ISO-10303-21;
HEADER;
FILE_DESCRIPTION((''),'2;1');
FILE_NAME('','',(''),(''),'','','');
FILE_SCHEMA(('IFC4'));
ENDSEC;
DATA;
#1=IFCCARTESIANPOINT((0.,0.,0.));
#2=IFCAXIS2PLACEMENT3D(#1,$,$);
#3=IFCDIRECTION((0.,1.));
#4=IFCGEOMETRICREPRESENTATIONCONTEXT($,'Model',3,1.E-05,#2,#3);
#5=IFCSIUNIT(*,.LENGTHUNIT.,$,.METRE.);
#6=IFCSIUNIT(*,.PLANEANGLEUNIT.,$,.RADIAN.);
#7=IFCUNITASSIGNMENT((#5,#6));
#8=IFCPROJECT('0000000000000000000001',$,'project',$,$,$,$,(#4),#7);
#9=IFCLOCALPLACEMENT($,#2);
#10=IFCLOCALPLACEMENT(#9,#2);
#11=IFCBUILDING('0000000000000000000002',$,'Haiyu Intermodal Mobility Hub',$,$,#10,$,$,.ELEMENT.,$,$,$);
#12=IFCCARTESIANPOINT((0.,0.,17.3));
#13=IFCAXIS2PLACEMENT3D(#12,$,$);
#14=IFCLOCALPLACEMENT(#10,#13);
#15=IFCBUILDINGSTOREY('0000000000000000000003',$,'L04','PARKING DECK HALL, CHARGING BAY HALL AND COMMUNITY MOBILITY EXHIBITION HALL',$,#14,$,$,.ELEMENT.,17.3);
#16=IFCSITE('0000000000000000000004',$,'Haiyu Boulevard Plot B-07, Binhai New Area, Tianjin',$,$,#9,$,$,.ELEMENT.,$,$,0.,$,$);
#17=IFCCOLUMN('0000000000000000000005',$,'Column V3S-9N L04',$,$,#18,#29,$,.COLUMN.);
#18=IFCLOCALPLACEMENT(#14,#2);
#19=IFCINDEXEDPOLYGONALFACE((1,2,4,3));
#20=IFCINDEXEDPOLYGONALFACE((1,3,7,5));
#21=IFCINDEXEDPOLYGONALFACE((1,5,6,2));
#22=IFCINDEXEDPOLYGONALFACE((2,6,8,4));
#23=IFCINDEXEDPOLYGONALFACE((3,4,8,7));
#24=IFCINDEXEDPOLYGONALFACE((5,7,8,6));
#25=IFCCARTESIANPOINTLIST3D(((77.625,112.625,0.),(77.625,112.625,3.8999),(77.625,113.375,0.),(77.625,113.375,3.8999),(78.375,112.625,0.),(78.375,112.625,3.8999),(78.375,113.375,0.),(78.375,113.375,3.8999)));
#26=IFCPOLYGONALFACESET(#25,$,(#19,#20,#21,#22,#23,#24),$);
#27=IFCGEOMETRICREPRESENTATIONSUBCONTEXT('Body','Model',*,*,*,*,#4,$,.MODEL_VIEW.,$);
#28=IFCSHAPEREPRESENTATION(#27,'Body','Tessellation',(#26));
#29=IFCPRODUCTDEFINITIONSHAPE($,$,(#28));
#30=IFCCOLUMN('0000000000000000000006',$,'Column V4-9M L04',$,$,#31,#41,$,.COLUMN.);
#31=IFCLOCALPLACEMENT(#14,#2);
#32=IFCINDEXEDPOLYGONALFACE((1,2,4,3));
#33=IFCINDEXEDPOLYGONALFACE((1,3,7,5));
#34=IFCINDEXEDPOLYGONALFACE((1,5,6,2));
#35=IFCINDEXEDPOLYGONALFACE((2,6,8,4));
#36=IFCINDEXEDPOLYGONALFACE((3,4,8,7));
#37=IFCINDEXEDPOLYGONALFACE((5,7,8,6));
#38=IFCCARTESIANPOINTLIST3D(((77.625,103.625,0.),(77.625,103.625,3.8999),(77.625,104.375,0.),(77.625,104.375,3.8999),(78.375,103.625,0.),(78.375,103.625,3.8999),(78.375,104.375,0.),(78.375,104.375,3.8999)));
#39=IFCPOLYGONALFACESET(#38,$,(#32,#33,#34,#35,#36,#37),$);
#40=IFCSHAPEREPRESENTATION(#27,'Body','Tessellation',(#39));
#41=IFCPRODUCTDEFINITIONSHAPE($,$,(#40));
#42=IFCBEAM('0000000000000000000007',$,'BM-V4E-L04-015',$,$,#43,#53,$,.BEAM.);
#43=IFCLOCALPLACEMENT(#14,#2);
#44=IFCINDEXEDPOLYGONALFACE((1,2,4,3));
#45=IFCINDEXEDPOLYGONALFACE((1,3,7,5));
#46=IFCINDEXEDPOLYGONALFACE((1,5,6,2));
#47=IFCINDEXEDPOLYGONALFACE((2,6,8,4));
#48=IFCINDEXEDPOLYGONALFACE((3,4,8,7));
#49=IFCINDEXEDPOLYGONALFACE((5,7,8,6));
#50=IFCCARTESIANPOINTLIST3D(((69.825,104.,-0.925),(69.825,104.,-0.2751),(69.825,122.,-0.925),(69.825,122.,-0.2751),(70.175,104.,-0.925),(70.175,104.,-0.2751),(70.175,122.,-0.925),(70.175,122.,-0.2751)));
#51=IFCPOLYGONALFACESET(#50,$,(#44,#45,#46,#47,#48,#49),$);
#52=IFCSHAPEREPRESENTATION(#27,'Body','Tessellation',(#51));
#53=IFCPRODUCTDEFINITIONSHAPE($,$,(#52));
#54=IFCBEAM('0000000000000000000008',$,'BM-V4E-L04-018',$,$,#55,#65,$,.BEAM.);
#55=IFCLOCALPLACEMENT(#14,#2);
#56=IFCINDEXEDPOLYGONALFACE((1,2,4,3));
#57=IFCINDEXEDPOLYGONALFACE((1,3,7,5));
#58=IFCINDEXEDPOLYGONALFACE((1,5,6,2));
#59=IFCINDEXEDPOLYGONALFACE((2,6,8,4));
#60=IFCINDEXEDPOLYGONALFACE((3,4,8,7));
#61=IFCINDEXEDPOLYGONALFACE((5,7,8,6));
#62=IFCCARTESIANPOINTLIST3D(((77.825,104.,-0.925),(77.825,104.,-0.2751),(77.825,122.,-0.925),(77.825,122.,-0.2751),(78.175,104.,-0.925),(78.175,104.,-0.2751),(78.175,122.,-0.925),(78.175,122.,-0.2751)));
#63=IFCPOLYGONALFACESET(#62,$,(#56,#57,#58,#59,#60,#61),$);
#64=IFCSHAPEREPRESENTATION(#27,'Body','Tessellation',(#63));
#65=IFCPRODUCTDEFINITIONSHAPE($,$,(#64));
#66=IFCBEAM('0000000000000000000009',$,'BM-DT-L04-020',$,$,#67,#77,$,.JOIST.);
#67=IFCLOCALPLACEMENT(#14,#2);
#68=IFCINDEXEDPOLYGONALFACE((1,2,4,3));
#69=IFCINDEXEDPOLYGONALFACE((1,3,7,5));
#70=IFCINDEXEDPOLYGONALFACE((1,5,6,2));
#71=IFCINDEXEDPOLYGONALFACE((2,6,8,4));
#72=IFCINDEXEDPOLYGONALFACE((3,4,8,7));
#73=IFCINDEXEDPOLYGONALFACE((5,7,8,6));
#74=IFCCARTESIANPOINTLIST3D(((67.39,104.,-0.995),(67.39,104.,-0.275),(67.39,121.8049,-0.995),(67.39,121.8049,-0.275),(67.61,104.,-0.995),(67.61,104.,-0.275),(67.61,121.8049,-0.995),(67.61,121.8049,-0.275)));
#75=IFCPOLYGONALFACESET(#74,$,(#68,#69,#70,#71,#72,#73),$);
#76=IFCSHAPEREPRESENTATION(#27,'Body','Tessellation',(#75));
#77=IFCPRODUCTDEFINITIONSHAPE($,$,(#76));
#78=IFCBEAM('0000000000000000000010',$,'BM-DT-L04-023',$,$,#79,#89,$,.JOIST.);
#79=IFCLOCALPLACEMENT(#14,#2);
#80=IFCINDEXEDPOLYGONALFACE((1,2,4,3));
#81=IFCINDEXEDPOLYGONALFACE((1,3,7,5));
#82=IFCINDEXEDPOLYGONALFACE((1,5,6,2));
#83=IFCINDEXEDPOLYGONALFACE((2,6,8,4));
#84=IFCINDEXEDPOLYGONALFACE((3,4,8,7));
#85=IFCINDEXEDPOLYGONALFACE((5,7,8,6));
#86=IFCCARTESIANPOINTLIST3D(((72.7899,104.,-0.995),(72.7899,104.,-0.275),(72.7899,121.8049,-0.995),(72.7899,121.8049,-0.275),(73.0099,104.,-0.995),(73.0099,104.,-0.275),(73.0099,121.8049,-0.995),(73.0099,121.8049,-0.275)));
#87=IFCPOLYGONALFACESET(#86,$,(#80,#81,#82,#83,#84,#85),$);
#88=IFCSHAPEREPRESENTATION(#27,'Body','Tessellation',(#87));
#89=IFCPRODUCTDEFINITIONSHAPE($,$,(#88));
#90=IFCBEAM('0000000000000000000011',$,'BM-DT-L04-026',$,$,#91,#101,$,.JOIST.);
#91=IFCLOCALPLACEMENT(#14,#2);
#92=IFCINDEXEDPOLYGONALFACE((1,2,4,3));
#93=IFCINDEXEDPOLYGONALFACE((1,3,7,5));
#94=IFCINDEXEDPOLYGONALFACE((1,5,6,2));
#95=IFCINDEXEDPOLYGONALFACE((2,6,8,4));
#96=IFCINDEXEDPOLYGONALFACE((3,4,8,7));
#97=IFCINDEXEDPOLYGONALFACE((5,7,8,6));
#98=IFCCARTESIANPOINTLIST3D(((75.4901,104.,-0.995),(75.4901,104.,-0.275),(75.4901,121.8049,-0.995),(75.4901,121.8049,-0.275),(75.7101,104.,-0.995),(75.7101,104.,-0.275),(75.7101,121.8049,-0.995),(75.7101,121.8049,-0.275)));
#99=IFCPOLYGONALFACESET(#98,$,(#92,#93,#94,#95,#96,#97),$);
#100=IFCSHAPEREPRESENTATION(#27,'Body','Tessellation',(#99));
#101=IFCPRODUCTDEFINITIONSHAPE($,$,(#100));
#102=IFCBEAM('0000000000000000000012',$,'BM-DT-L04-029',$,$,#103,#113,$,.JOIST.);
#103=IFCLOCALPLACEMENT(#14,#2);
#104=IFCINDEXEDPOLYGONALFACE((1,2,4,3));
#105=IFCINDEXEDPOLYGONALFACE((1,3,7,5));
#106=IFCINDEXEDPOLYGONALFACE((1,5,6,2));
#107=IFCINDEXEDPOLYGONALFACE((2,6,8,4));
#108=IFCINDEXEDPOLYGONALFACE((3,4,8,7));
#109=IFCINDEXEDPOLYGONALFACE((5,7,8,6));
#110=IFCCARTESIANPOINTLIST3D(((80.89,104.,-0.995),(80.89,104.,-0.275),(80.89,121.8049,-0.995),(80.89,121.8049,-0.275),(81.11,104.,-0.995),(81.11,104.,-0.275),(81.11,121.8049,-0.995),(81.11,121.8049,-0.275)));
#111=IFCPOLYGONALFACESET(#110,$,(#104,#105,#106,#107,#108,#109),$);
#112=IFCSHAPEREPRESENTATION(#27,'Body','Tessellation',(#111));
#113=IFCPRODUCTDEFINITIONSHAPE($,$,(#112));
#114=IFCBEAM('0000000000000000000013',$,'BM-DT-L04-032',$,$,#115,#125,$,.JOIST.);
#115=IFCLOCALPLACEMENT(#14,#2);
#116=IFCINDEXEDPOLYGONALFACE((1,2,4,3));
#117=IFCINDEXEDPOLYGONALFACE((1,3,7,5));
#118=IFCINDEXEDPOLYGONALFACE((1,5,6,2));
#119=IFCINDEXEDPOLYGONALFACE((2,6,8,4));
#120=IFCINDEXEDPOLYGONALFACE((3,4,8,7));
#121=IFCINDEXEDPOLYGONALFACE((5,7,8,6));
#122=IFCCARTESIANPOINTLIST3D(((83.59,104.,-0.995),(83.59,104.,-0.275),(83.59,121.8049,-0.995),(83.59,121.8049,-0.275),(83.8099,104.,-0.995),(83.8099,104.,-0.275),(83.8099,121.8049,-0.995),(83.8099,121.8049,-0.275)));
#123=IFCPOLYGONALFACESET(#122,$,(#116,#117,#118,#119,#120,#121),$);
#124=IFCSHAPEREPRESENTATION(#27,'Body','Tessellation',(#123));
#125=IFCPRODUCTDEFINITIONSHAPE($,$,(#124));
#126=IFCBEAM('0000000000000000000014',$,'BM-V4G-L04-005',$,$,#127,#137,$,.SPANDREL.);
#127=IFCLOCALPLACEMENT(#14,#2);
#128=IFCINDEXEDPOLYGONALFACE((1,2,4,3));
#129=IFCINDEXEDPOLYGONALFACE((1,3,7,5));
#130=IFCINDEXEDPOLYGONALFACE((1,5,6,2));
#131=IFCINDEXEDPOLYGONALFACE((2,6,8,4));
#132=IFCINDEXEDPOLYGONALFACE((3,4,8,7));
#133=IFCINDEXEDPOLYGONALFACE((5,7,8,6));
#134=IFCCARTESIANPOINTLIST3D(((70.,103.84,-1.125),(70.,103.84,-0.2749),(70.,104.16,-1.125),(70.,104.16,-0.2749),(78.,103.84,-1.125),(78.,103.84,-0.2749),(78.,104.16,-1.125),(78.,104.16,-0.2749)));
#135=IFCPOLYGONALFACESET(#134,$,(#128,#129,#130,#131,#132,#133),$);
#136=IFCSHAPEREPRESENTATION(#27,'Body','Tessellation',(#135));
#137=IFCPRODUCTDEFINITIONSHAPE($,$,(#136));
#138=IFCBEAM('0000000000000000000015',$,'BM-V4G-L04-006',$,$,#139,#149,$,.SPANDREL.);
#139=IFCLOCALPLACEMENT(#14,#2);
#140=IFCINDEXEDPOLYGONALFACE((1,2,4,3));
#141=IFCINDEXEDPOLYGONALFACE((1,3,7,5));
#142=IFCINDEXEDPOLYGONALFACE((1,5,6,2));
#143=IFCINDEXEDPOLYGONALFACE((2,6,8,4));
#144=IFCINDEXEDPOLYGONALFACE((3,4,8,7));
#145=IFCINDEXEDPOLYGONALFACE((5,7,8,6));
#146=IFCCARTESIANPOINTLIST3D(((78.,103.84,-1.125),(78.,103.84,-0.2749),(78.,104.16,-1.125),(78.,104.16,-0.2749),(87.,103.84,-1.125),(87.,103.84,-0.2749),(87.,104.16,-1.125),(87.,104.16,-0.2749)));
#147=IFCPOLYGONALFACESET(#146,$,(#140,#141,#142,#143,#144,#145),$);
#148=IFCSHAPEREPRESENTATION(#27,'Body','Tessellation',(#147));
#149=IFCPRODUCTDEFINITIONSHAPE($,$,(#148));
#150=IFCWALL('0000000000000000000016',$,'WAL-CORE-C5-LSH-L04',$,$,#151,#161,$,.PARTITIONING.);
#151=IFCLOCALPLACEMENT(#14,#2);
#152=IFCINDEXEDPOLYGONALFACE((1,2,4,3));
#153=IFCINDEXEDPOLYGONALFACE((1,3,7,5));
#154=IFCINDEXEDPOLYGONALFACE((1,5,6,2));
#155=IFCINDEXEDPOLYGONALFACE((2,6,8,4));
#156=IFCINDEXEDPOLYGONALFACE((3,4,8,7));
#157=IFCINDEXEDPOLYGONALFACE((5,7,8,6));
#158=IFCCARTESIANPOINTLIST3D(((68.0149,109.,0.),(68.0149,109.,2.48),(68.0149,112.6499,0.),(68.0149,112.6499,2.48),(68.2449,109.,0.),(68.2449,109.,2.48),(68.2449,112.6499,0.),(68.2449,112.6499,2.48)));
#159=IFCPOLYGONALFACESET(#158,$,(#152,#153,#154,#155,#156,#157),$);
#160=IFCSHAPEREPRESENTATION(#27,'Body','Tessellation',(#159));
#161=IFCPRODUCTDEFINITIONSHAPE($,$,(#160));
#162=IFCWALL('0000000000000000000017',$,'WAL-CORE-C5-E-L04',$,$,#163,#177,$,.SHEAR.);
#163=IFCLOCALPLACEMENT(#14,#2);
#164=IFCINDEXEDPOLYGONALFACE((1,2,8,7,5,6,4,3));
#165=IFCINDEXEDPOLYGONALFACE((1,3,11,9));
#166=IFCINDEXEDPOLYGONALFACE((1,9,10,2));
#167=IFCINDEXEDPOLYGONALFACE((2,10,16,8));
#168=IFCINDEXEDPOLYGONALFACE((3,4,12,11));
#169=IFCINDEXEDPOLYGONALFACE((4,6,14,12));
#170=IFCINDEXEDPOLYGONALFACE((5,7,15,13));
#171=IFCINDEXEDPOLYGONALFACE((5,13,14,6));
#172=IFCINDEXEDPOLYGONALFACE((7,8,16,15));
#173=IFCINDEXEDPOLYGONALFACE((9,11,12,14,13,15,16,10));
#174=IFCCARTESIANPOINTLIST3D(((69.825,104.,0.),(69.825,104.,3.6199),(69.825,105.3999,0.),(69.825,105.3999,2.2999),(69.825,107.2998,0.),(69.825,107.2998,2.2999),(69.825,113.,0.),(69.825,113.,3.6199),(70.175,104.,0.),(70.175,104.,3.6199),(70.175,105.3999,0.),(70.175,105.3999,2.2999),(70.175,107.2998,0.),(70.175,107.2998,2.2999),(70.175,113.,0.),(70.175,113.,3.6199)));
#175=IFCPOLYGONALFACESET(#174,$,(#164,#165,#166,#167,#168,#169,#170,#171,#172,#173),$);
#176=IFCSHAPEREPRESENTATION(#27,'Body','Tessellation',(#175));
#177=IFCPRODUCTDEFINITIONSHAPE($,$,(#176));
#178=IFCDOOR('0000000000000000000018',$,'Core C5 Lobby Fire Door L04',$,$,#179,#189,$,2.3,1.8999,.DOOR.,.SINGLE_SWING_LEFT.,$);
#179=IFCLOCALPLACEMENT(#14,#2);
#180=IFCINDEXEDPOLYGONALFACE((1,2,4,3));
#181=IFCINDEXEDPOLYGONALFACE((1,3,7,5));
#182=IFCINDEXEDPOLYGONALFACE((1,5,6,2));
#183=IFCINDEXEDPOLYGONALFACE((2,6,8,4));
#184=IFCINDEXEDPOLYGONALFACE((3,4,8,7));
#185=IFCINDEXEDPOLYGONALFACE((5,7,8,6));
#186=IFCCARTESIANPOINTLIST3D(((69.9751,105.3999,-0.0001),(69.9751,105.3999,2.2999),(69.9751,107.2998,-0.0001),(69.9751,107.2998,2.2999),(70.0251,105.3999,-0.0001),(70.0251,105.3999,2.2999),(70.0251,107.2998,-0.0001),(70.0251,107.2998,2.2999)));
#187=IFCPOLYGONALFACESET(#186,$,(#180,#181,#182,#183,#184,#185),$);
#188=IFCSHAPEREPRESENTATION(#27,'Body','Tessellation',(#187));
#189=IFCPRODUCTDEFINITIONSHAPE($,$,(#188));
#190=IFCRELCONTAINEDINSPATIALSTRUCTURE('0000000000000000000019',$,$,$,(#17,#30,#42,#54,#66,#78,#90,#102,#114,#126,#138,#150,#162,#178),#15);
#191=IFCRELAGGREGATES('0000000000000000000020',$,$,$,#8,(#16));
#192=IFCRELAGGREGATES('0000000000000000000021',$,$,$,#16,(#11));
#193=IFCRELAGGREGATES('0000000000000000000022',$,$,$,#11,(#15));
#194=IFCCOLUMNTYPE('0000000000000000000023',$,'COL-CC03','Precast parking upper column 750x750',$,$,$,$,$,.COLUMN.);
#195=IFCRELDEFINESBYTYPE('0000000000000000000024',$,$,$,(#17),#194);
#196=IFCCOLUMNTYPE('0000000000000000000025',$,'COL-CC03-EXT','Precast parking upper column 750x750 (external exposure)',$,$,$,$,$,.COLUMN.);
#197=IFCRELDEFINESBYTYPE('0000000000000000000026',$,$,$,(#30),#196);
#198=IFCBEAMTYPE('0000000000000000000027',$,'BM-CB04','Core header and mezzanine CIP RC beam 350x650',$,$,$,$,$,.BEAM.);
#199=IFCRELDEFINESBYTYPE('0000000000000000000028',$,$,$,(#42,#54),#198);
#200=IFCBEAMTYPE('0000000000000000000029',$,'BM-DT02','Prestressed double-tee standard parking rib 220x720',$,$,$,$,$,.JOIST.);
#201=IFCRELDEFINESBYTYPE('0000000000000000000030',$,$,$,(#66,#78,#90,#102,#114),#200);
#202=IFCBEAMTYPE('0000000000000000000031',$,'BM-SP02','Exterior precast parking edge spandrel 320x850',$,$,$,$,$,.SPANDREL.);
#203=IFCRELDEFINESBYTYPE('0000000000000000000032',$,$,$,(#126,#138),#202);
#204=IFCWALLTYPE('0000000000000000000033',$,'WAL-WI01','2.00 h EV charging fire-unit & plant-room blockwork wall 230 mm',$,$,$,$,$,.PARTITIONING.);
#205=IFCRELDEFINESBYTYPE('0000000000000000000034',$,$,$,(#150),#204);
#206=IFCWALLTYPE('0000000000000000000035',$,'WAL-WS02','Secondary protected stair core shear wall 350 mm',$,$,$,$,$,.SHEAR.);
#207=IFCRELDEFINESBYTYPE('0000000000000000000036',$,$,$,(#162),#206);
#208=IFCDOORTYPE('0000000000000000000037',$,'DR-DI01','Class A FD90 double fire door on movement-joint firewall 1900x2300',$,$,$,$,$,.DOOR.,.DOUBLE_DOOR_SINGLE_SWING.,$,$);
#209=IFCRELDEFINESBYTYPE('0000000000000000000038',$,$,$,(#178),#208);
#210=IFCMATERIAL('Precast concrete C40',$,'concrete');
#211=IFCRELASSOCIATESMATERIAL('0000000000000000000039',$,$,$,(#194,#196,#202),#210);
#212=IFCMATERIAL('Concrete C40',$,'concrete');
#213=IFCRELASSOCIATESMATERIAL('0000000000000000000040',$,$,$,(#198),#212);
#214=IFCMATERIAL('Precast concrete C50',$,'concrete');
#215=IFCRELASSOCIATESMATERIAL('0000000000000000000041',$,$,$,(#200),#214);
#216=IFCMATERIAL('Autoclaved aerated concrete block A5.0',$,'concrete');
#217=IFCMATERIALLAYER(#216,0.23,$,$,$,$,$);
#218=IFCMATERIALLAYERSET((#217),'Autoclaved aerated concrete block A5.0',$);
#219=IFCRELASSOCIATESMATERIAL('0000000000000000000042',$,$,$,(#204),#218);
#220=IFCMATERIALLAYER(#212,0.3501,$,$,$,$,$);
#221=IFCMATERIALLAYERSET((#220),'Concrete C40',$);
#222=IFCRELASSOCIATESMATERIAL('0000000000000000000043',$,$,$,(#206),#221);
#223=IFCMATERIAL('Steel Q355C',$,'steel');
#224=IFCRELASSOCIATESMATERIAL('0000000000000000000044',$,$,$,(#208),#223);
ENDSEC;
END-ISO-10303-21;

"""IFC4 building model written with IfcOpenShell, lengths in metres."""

from ifc_helpers import new_model, si_unit, direction, frame, frame_2d, origin, origin_2d, place, context, subcontext, project, spatial, rectangle, extrude, material, layer, layer_set, material_profile, profile_set, type_object, element, fill, save


model = new_model("IFC4")

# Units and contexts
model_context = context("Model", 3, precision=1e-05, world=origin(), true_north=direction((0.0, 1.0)))
body_context = subcontext(model_context, "Body", "Model", "MODEL_VIEW")
ifc_project = project(units=[si_unit("LENGTHUNIT", "METRE"), si_unit("PLANEANGLEUNIT", "RADIAN")], contexts=[model_context])

# Site, building, storey
site_placement = place(None, origin())
site = spatial("IfcSite", under=ifc_project, at=site_placement, Name="Haiyu Boulevard Plot B-07, Binhai New Area, Tianjin", CompositionType="ELEMENT", RefElevation=0.0)
building_placement = place(site_placement, origin())
building = spatial("IfcBuilding", under=site, at=building_placement, Name="Haiyu Intermodal Mobility Hub", CompositionType="ELEMENT")
storey_placement = place(building_placement, frame((0.0, 0.0, 17.3)))
storey = spatial("IfcBuildingStorey", under=building, at=storey_placement, Name="L04", Description="PARKING DECK HALL, CHARGING BAY HALL AND COMMUNITY MOBILITY EXHIBITION HALL", CompositionType="ELEMENT", Elevation=17.3)

# Columns
ifc_material_1 = material(Name="Precast concrete C40", Category="concrete")
ifc_material_profile_1 = material_profile(ifc_material_1, rectangle(XDim=0.75, YDim=0.75, at=origin_2d()), Name="RC750x750")
ifc_profile_set_1 = profile_set([ifc_material_profile_1], Name="Precast concrete C40")
column_type_1 = type_object("IfcColumnType", Name="COL-CC03", Description="Precast parking upper column 750x750", PredefinedType="COLUMN", material=ifc_profile_set_1)
column_1_placement = place(storey_placement, frame((78.0, 113.0, 0.0), z_axis=(0.0, 0.0, 1.0), x_axis=(1.0, 0.0, 0.0)))
element("IfcColumn", 1, at=column_1_placement, inside=storey, type_object=column_type_1, Name="Column V3S-9N L04", PredefinedType="COLUMN", context=body_context, shape_type="SweptSolid", body=[
    extrude(rectangle(XDim=0.75, YDim=0.75, at=origin_2d()), origin(), (0.0, 0.0, 1.0), 3.8999),
])
ifc_material_profile_2 = material_profile(ifc_material_1, rectangle(XDim=0.75, YDim=0.75, at=origin_2d()), Name="RC750x750")
ifc_profile_set_2 = profile_set([ifc_material_profile_2], Name="Precast concrete C40")
column_type_2 = type_object("IfcColumnType", Name="COL-CC03-EXT", Description="Precast parking upper column 750x750 (external exposure)", PredefinedType="COLUMN", material=ifc_profile_set_2)
column_2_placement = place(storey_placement, frame((78.0, 104.0, 0.0), z_axis=(0.0, 0.0, 1.0), x_axis=(1.0, 0.0, 0.0)))
element("IfcColumn", 2, at=column_2_placement, inside=storey, type_object=column_type_2, Name="Column V4-9M L04", PredefinedType="COLUMN", context=body_context, shape_type="SweptSolid", body=[
    extrude(rectangle(XDim=0.75, YDim=0.75, at=origin_2d()), origin(), (0.0, 0.0, 1.0), 3.8999),
])

# Beams
ifc_material_2 = material(Name="Concrete C40", Category="concrete")
ifc_material_profile_3 = material_profile(ifc_material_2, rectangle(XDim=0.3501, YDim=0.6499, at=origin_2d()), Name="RCB350x650")
ifc_profile_set_3 = profile_set([ifc_material_profile_3], Name="Concrete C40")
beam_type_1 = type_object("IfcBeamType", Name="BM-CB04", Description="Core header and mezzanine CIP RC beam 350x650", PredefinedType="BEAM", material=ifc_profile_set_3)
for number, where, z_axis, x_axis, name in (
    (3, (70.0, 104.0, -0.6001), (0.0, 1.0, 0.0), (-1.0, 0.0, 0.0), "BM-V4E-L04-015"),
    (4, (78.0, 104.0, -0.6001), (0.0, 1.0, 0.0), (-1.0, 0.0, 0.0), "BM-V4E-L04-018"),
):
    element("IfcBeam", number, at=place(storey_placement, frame(where, z_axis=z_axis, x_axis=x_axis)), inside=storey, type_object=beam_type_1, Name=name, PredefinedType="BEAM", context=body_context, shape_type="SweptSolid", body=[
        extrude(rectangle(XDim=0.3501, YDim=0.6499, at=origin_2d()), origin(), (0.0, 0.0, 1.0), 18.0),
    ])
ifc_material_3 = material(Name="Precast concrete C50", Category="concrete")
ifc_material_profile_4 = material_profile(ifc_material_3, rectangle(XDim=0.22, YDim=0.72, at=origin_2d()), Name="PC220x720")
ifc_profile_set_4 = profile_set([ifc_material_profile_4], Name="Precast concrete C50")
beam_type_2 = type_object("IfcBeamType", Name="BM-DT02", Description="Prestressed double-tee standard parking rib 220x720", PredefinedType="JOIST", material=ifc_profile_set_4)
for number, where, z_axis, x_axis, name in (
    (5, (67.5, 104.0, -0.635), (0.0, 1.0, 0.0), (-1.0, 0.0, 0.0), "BM-DT-L04-020"),
    (6, (72.8999, 104.0, -0.635), (0.0, 1.0, 0.0), (-1.0, 0.0, 0.0), "BM-DT-L04-023"),
    (7, (75.6001, 104.0, -0.635), (0.0, 1.0, 0.0), (-1.0, 0.0, 0.0), "BM-DT-L04-026"),
    (8, (81.0, 104.0, -0.635), (0.0, 1.0, 0.0), (-1.0, 0.0, 0.0), "BM-DT-L04-029"),
    (9, (83.7, 104.0, -0.635), (0.0, 1.0, 0.0), (-1.0, 0.0, 0.0), "BM-DT-L04-032"),
):
    element("IfcBeam", number, at=place(storey_placement, frame(where, z_axis=z_axis, x_axis=x_axis)), inside=storey, type_object=beam_type_2, Name=name, PredefinedType="JOIST", context=body_context, shape_type="SweptSolid", body=[
        extrude(rectangle(XDim=0.22, YDim=0.72, at=origin_2d()), origin(), (0.0, 0.0, 1.0), 17.8049),
    ])
ifc_material_profile_5 = material_profile(ifc_material_1, rectangle(XDim=0.3201, YDim=0.8501, at=origin_2d()), Name="PC320x850")
ifc_profile_set_5 = profile_set([ifc_material_profile_5], Name="Precast concrete C40")
beam_type_3 = type_object("IfcBeamType", Name="BM-SP02", Description="Exterior precast parking edge spandrel 320x850", PredefinedType="SPANDREL", material=ifc_profile_set_5)
beam_1_placement = place(storey_placement, frame((70.0, 104.0, -0.7), z_axis=(1.0, 0.0, 0.0), x_axis=(0.0, 1.0, 0.0)))
element("IfcBeam", 10, at=beam_1_placement, inside=storey, type_object=beam_type_3, Name="BM-V4G-L04-005", PredefinedType="SPANDREL", context=body_context, shape_type="SweptSolid", body=[
    extrude(rectangle(XDim=0.3201, YDim=0.8501, at=origin_2d()), origin(), (0.0, 0.0, 1.0), 8.0),
])
beam_2_placement = place(storey_placement, frame((78.0, 104.0, -0.7), z_axis=(1.0, 0.0, 0.0), x_axis=(0.0, 1.0, 0.0)))
element("IfcBeam", 11, at=beam_2_placement, inside=storey, type_object=beam_type_3, Name="BM-V4G-L04-006", PredefinedType="SPANDREL", context=body_context, shape_type="SweptSolid", body=[
    extrude(rectangle(XDim=0.3201, YDim=0.8501, at=origin_2d()), origin(), (0.0, 0.0, 1.0), 9.0),
])

# Wall
ifc_material_4 = material(Name="Autoclaved aerated concrete block A5.0", Category="concrete")
ifc_layer_1 = layer(ifc_material_4, 0.23)
ifc_layer_set_1 = layer_set([ifc_layer_1], Name="Autoclaved aerated concrete block A5.0")
wall_type_1 = type_object("IfcWallType", Name="WAL-WI01", Description="2.00 h EV charging fire-unit & plant-room blockwork wall 230 mm", PredefinedType="PARTITIONING", material=ifc_layer_set_1)
wall_1_placement = place(storey_placement, frame((68.1299, 109.0, 0.0), z_axis=(0.0, 0.0, 1.0), x_axis=(0.0, 1.0, 0.0)))
element("IfcWall", 12, at=wall_1_placement, inside=storey, type_object=wall_type_1, Name="WAL-CORE-C5-LSH-L04", PredefinedType="PARTITIONING", context=body_context, shape_type="SweptSolid", body=[
    extrude(rectangle(XDim=3.6499, YDim=0.23, at=frame_2d((1.825, 0.0))), origin(), (0.0, 0.0, 1.0), 2.48),
])

# Shared definitions
ifc_material_5 = material(Name="Steel Q355C", Category="steel")

# Wall, opening, door
ifc_layer_2 = layer(ifc_material_2, 0.3501)
ifc_layer_set_2 = layer_set([ifc_layer_2], Name="Concrete C40")
wall_type_2 = type_object("IfcWallType", Name="WAL-WS02", Description="Secondary protected stair core shear wall 350 mm", PredefinedType="SHEAR", material=ifc_layer_set_2)
wall_2_placement = place(storey_placement, frame((70.0, 104.0, 0.0), z_axis=(0.0, 0.0, 1.0), x_axis=(0.0, 1.0, 0.0)))
wall_2 = element("IfcWall", 13, at=wall_2_placement, inside=storey, type_object=wall_type_2, Name="WAL-CORE-C5-E-L04", PredefinedType="SHEAR", context=body_context, shape_type="SweptSolid", body=[
    extrude(rectangle(XDim=9.0, YDim=0.3501, at=frame_2d((4.5, 0.0))), origin(), (0.0, 0.0, 1.0), 3.6199),
])
opening_1_placement = place(wall_2_placement, frame((1.3999, 0.0, 0.0)))
opening_1 = element("IfcOpeningElement", 14, at=opening_1_placement, cuts=wall_2, PredefinedType="OPENING", context=body_context, shape_type="SweptSolid", body=[
    extrude(rectangle(XDim=1.8999, YDim=2.3, at=frame_2d((0.95, 1.1499))), frame((0.0, 0.1851, 0.0), z_axis=(0.0, -1.0, 0.0), x_axis=(1.0, 0.0, 0.0)), (0.0, 0.0, 1.0), 0.3701),
])
door_type_1 = type_object("IfcDoorType", Name="DR-DI01", Description="Class A FD90 double fire door on movement-joint firewall 1900x2300", OperationType="DOUBLE_DOOR_SINGLE_SWING", PredefinedType="DOOR", material=ifc_material_5)
door_1_placement = place(opening_1_placement, origin())
door_1 = element("IfcDoor", 15, at=door_1_placement, inside=storey, type_object=door_type_1, Name="Core C5 Lobby Fire Door L04", OperationType="SINGLE_SWING_LEFT", OverallHeight=2.3, OverallWidth=1.8999, PredefinedType="DOOR", context=body_context, shape_type="SweptSolid", body=[
    extrude(rectangle(XDim=1.8999, YDim=2.3, at=frame_2d((0.95, 1.1499))), frame((0.0, 0.0249, 0.0), z_axis=(0.0, -1.0, 0.0), x_axis=(1.0, 0.0, 0.0)), (0.0, 0.0, 1.0), 0.05),
])
fill(opening_1, door_1)

save(model, "model.ifc")
